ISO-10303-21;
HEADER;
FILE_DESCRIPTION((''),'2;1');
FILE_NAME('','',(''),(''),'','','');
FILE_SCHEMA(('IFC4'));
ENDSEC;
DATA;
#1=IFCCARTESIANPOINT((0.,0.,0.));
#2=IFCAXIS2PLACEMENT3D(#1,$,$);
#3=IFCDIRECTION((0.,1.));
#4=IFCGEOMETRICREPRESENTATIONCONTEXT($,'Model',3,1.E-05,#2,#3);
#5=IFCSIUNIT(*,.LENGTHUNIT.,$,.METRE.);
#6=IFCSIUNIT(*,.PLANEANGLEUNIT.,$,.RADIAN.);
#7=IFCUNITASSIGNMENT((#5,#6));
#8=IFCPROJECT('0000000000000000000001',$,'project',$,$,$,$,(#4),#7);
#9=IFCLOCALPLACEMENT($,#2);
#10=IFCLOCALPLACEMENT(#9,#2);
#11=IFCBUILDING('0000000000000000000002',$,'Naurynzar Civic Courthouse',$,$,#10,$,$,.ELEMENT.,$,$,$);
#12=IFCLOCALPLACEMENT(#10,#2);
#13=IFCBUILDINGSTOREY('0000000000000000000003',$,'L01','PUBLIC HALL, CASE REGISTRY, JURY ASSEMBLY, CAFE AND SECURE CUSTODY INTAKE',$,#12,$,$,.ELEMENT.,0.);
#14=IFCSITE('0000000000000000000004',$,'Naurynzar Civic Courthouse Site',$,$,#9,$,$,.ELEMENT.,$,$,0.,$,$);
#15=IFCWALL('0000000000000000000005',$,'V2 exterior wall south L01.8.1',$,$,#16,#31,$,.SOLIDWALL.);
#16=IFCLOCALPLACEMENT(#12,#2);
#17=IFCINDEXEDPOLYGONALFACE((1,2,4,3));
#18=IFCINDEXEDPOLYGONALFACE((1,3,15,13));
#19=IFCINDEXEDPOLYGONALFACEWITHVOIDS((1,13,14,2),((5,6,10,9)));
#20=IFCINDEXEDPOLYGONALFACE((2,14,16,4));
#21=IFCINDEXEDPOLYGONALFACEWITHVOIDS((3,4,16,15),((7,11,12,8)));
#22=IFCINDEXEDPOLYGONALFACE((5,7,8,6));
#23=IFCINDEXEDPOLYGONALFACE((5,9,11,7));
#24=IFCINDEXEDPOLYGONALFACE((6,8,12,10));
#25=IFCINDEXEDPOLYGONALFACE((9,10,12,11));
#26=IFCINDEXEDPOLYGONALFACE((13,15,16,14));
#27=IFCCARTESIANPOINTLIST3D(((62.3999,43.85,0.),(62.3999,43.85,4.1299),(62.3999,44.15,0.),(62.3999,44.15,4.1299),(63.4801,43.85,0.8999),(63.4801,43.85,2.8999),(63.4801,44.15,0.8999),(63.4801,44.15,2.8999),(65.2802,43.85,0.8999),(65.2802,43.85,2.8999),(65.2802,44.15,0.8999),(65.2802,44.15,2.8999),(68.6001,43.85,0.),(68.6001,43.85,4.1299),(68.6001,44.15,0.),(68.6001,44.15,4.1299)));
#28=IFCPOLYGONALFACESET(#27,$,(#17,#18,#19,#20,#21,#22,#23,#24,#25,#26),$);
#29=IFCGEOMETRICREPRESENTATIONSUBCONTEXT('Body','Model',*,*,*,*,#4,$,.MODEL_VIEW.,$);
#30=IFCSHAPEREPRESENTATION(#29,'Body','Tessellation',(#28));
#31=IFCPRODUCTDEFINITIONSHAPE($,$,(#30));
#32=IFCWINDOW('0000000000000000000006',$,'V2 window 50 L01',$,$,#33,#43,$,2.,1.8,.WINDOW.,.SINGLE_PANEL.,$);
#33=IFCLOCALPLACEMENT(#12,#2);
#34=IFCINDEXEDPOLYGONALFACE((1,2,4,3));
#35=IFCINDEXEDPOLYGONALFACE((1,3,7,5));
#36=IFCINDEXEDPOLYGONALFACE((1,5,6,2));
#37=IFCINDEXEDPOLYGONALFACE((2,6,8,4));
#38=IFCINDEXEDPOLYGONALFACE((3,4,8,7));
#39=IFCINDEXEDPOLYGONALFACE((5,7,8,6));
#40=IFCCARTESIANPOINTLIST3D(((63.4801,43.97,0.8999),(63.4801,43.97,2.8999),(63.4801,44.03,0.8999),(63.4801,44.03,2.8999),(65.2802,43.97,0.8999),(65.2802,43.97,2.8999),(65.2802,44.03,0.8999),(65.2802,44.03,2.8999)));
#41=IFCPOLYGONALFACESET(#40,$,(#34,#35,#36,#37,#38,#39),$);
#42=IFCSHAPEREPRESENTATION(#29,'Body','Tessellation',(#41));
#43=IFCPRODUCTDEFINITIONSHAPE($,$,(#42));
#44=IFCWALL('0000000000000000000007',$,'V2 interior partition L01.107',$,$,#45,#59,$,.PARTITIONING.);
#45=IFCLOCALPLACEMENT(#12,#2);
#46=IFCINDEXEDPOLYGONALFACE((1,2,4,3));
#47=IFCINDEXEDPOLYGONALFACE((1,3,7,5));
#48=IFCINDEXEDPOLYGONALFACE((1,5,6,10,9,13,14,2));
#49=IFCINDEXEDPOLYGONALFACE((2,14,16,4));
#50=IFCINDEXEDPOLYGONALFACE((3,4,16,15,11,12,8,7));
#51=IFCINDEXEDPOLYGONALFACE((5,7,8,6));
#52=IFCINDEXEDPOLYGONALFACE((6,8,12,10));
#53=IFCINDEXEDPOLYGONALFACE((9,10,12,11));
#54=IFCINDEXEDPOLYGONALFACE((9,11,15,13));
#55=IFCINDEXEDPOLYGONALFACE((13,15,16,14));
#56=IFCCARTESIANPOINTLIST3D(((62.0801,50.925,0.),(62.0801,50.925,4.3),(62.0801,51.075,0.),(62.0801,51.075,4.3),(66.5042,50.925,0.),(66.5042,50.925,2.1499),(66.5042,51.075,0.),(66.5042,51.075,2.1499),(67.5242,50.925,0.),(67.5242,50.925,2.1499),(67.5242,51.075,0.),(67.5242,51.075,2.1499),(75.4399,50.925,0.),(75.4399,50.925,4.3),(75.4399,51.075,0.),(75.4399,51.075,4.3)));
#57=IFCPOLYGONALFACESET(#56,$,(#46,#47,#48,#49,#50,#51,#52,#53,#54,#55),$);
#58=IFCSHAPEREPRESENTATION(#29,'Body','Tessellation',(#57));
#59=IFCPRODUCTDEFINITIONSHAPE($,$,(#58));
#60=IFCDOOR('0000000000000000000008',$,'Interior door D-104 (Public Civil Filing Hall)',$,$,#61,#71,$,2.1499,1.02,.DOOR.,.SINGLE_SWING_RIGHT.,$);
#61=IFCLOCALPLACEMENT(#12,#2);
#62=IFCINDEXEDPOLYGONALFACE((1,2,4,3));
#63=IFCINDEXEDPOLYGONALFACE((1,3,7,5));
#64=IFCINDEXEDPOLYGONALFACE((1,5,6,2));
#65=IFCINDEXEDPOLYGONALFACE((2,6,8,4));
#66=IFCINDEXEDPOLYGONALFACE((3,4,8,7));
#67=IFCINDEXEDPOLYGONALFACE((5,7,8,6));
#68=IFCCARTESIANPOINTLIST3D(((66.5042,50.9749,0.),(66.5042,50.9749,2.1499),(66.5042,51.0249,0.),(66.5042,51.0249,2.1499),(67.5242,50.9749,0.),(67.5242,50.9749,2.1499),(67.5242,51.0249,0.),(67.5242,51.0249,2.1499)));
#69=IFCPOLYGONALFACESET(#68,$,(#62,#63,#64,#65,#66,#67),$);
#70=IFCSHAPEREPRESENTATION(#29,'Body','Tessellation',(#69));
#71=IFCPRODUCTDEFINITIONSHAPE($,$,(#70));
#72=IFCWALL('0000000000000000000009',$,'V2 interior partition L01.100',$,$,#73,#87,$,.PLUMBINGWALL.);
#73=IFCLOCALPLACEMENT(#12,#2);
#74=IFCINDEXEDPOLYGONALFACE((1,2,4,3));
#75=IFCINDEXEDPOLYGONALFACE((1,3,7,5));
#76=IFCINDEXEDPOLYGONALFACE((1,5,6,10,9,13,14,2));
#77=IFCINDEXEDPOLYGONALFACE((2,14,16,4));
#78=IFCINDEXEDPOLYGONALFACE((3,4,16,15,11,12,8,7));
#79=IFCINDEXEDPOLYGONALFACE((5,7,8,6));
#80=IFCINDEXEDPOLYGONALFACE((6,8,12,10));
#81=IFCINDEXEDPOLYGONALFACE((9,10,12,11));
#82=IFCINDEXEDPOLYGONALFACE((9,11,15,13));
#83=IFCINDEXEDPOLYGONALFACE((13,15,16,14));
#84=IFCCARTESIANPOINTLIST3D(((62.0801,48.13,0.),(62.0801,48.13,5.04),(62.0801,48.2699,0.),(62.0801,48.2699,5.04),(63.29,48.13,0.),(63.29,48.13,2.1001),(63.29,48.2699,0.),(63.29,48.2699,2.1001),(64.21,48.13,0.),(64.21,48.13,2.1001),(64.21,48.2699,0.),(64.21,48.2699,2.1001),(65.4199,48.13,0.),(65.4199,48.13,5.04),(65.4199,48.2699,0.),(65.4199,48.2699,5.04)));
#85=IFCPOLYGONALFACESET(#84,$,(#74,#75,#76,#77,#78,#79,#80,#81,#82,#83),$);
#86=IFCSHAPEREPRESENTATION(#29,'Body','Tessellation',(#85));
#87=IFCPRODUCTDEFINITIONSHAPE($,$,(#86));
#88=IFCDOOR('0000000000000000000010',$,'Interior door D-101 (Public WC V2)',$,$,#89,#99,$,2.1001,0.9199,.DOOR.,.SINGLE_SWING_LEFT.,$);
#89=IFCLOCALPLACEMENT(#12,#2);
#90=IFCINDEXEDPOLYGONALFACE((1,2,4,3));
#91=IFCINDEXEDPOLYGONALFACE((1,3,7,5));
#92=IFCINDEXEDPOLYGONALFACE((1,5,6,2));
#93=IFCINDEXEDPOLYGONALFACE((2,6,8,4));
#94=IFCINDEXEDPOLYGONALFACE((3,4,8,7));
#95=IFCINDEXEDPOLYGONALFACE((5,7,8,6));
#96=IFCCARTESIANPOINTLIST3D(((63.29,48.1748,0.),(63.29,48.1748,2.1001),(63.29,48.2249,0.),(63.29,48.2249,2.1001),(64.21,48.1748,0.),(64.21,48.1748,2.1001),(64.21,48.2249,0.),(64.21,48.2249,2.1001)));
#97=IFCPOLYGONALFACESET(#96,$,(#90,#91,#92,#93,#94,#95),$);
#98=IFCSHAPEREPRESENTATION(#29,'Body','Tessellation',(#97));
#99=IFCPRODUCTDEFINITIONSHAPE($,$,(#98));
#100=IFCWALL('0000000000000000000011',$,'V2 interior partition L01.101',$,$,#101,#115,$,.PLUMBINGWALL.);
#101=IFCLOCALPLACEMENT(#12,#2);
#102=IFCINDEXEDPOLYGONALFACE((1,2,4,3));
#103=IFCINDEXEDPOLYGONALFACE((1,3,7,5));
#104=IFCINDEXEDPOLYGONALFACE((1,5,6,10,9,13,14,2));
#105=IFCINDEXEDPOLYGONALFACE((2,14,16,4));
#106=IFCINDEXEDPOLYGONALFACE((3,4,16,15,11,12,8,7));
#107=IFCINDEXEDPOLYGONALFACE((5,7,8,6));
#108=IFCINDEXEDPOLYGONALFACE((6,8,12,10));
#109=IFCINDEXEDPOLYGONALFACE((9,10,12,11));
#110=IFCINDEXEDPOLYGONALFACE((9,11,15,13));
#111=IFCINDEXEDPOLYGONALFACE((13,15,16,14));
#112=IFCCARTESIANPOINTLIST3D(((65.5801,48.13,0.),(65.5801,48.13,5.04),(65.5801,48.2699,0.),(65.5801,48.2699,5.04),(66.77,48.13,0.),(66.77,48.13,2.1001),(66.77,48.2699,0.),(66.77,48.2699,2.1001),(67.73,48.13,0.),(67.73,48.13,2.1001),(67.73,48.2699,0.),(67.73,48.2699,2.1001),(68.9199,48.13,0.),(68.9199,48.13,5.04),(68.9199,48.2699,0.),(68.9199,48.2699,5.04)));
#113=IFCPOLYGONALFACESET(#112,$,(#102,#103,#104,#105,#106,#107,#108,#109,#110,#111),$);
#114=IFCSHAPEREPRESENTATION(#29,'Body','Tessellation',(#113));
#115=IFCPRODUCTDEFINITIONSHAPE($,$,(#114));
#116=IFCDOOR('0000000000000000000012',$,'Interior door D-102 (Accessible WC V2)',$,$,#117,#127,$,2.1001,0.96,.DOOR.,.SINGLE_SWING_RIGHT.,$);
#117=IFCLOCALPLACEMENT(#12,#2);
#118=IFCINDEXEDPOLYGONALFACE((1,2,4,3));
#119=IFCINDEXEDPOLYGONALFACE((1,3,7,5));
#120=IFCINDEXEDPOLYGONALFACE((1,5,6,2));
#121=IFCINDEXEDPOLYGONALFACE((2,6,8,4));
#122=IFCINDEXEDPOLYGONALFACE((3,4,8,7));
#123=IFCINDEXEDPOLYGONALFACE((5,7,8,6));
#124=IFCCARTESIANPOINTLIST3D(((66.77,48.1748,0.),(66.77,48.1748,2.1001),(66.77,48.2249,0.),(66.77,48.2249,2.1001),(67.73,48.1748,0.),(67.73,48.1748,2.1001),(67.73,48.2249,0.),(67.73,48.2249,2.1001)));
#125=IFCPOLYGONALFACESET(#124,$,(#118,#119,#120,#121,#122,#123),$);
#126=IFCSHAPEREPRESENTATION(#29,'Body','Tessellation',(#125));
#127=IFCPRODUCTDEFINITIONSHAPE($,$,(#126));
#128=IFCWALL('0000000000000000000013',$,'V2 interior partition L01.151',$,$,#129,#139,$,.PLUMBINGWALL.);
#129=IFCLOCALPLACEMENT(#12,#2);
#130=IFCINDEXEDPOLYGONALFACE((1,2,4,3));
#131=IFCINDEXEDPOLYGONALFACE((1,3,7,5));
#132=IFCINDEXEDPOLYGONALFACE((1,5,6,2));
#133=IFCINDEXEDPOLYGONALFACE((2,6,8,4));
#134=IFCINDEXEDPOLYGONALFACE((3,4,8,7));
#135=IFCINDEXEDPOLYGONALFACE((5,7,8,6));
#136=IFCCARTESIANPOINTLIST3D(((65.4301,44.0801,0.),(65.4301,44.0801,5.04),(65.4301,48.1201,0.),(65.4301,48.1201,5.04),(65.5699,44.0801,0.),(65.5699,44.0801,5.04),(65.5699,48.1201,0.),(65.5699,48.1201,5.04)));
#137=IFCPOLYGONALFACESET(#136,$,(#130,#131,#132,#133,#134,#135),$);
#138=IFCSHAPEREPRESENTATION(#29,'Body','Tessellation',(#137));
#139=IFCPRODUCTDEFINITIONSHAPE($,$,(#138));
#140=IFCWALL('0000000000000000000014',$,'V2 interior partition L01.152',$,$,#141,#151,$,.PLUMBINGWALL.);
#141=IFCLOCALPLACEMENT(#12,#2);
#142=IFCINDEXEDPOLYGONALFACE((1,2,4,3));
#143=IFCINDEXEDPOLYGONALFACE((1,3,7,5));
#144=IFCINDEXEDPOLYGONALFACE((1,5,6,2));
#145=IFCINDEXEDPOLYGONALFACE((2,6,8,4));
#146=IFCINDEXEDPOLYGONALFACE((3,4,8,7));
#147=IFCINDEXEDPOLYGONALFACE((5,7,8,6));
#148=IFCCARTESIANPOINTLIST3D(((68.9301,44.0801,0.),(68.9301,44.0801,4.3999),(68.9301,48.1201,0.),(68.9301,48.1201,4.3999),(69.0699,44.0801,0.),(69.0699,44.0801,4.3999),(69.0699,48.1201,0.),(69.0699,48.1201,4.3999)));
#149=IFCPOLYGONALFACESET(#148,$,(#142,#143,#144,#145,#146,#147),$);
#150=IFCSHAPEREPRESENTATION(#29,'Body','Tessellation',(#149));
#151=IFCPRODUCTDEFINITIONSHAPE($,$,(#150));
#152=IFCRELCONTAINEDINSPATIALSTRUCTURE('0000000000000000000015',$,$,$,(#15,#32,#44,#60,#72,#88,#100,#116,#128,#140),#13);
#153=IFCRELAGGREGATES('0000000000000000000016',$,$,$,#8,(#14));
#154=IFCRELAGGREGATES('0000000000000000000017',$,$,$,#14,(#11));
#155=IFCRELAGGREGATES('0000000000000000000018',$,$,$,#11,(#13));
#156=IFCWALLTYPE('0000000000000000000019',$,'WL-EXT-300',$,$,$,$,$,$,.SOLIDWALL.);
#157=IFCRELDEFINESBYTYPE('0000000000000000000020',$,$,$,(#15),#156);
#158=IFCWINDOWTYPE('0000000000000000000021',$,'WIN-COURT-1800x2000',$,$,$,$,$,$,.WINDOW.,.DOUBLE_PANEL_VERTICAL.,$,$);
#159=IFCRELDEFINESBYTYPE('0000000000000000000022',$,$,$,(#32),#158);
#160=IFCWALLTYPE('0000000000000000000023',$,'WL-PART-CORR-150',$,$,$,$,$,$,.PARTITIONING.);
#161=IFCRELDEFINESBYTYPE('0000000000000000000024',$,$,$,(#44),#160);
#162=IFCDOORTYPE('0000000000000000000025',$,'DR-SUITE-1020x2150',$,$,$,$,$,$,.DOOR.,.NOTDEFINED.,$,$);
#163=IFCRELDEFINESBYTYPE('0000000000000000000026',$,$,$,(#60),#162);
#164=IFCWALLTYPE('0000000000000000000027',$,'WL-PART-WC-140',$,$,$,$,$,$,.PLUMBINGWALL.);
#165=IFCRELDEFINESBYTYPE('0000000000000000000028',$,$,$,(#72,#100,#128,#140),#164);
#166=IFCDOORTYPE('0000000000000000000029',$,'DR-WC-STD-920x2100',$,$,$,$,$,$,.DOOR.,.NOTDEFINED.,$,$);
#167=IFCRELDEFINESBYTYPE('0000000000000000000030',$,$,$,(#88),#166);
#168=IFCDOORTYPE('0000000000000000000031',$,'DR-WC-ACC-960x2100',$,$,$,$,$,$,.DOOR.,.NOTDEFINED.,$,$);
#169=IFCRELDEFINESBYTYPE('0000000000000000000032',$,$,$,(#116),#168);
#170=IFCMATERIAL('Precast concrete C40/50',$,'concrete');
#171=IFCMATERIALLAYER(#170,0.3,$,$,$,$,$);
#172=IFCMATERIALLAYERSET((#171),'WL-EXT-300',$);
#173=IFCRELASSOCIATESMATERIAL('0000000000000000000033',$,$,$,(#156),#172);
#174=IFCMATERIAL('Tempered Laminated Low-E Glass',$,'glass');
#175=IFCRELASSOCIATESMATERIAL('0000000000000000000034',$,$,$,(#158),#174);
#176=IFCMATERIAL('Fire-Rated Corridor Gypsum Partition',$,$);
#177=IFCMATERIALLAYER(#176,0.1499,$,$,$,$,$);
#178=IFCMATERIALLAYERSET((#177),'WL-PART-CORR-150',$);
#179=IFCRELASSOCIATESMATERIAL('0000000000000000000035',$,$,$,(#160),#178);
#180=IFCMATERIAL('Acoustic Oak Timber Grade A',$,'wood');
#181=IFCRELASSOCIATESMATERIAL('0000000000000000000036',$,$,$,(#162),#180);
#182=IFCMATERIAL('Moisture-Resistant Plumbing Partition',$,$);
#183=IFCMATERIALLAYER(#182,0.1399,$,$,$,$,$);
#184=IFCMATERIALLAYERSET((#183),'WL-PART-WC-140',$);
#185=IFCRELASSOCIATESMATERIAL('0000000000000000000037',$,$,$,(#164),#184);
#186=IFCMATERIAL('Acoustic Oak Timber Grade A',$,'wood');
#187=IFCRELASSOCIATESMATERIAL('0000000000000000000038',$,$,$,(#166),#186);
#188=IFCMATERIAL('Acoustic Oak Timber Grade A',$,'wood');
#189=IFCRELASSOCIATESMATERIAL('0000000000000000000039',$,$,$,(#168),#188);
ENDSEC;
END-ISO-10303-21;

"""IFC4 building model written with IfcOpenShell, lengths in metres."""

from ifc_helpers import new_model, si_unit, direction, frame, frame_2d, origin, place, context, subcontext, project, spatial, rectangle, extrude, material, layer, layer_set, type_object, element, fill, save


model = new_model("IFC4")

# Units and contexts
model_context = context("Model", 3, precision=1e-05, world=origin(), true_north=direction((0.0, 1.0)))
body_context = subcontext(model_context, "Body", "Model", "MODEL_VIEW")
ifc_project = project(units=[si_unit("LENGTHUNIT", "METRE"), si_unit("PLANEANGLEUNIT", "RADIAN")], contexts=[model_context])

# Site, building, storey
site_placement = place(None, origin())
site = spatial("IfcSite", under=ifc_project, at=site_placement, Name="Naurynzar Civic Courthouse Site", CompositionType="ELEMENT", RefElevation=0.0)
building_placement = place(site_placement, origin())
building = spatial("IfcBuilding", under=site, at=building_placement, Name="Naurynzar Civic Courthouse", CompositionType="ELEMENT")
storey_placement = place(building_placement, origin())
storey = spatial("IfcBuildingStorey", under=building, at=storey_placement, Name="L01", Description="PUBLIC HALL, CASE REGISTRY, JURY ASSEMBLY, CAFE AND SECURE CUSTODY INTAKE", CompositionType="ELEMENT", Elevation=0.0)

# Shared definitions
ifc_material_1 = material(Name="Precast concrete C40/50", Category="concrete")
ifc_layer_1 = layer(ifc_material_1, 0.3)
ifc_layer_set_1 = layer_set([ifc_layer_1], Name="WL-EXT-300")
wall_type_1 = type_object("IfcWallType", Name="WL-EXT-300", PredefinedType="SOLIDWALL", material=ifc_layer_set_1)

# Wall, opening, window
ifc_material_2 = material(Name="Tempered Laminated Low-E Glass", Category="glass")
window_type = type_object("IfcWindowType", Name="WIN-COURT-1800x2000", PartitioningType="DOUBLE_PANEL_VERTICAL", PredefinedType="WINDOW", material=ifc_material_2)
wall_1_placement = place(storey_placement, frame((68.6001, 44.0, 0.0), z_axis=(0.0, 0.0, 1.0), x_axis=(-1.0, 0.0, 0.0)))
wall_1 = element("IfcWall", 1, at=wall_1_placement, inside=storey, type_object=wall_type_1, Name="V2 exterior wall south L01.8.1", PredefinedType="SOLIDWALL", context=body_context, shape_type="SweptSolid", body=[
    extrude(rectangle(XDim=6.2002, YDim=0.3, at=frame_2d((3.1001, 0.0))), origin(), (0.0, 0.0, 1.0), 4.1299),
])
opening_1_placement = place(wall_1_placement, frame((3.3201, 0.0, 0.8999)))
opening_1 = element("IfcOpeningElement", 2, at=opening_1_placement, cuts=wall_1, PredefinedType="OPENING", context=body_context, shape_type="SweptSolid", body=[
    extrude(rectangle(XDim=1.8, YDim=2.0, at=frame_2d((0.8999, 1.0))), frame((0.0, 0.1599, 0.0), z_axis=(0.0, -1.0, 0.0), x_axis=(1.0, 0.0, 0.0)), (0.0, 0.0, 1.0), 0.3201),
])
window_1_placement = place(opening_1_placement, origin())
window_1 = element("IfcWindow", 3, at=window_1_placement, inside=storey, type_object=window_type, Name="V2 window 50 L01", OverallHeight=2.0, OverallWidth=1.8, PartitioningType="SINGLE_PANEL", PredefinedType="WINDOW", context=body_context, shape_type="SweptSolid", body=[
    extrude(rectangle(XDim=1.8, YDim=2.0, at=frame_2d((0.8999, 1.0))), frame((0.0, 0.03, 0.0), z_axis=(0.0, -1.0, 0.0), x_axis=(1.0, 0.0, 0.0)), (0.0, 0.0, 1.0), 0.0601),
])
fill(opening_1, window_1)

# Walls, openings, doors
ifc_material_3 = material(Name="Fire-Rated Corridor Gypsum Partition")
ifc_layer_2 = layer(ifc_material_3, 0.1499)
ifc_layer_set_2 = layer_set([ifc_layer_2], Name="WL-PART-CORR-150")
wall_type_2 = type_object("IfcWallType", Name="WL-PART-CORR-150", PredefinedType="PARTITIONING", material=ifc_layer_set_2)
wall_2_placement = place(storey_placement, frame((62.0801, 51.0, 0.0), z_axis=(0.0, 0.0, 1.0), x_axis=(1.0, 0.0, 0.0)))
wall_2 = element("IfcWall", 4, at=wall_2_placement, inside=storey, type_object=wall_type_2, Name="V2 interior partition L01.107", PredefinedType="PARTITIONING", context=body_context, shape_type="SweptSolid", body=[
    extrude(rectangle(XDim=13.3599, YDim=0.1499, at=frame_2d((6.6799, 0.0))), origin(), (0.0, 0.0, 1.0), 4.3),
])
opening_2_placement = place(wall_2_placement, frame((4.4241, 0.0, 0.0)))
opening_2 = element("IfcOpeningElement", 5, at=opening_2_placement, cuts=wall_2, PredefinedType="OPENING", context=body_context, shape_type="SweptSolid", body=[
    extrude(rectangle(XDim=1.02, YDim=2.1499, at=frame_2d((0.51, 1.075))), frame((0.0, 0.085, 0.0), z_axis=(0.0, -1.0, 0.0), x_axis=(1.0, 0.0, 0.0)), (0.0, 0.0, 1.0), 0.1699),
])
ifc_material_4 = material(Name="Acoustic Oak Timber Grade A", Category="wood")
door_type_1 = type_object("IfcDoorType", Name="DR-SUITE-1020x2150", OperationType="NOTDEFINED", PredefinedType="DOOR", material=ifc_material_4)
door_1_placement = place(opening_2_placement, origin())
door_1 = element("IfcDoor", 6, at=door_1_placement, inside=storey, type_object=door_type_1, Name="Interior door D-104 (Public Civil Filing Hall)", OperationType="SINGLE_SWING_RIGHT", OverallHeight=2.1499, OverallWidth=1.02, PredefinedType="DOOR", context=body_context, shape_type="SweptSolid", body=[
    extrude(rectangle(XDim=1.02, YDim=2.1499, at=frame_2d((0.51, 1.075))), frame((0.0, 0.0249, 0.0), z_axis=(0.0, -1.0, 0.0), x_axis=(1.0, 0.0, 0.0)), (0.0, 0.0, 1.0), 0.05),
])
fill(opening_2, door_1)
ifc_material_5 = material(Name="Moisture-Resistant Plumbing Partition")
ifc_layer_3 = layer(ifc_material_5, 0.1399)
ifc_layer_set_3 = layer_set([ifc_layer_3], Name="WL-PART-WC-140")
wall_type_3 = type_object("IfcWallType", Name="WL-PART-WC-140", PredefinedType="PLUMBINGWALL", material=ifc_layer_set_3)
wall_3_placement = place(storey_placement, frame((62.0801, 48.2, 0.0), z_axis=(0.0, 0.0, 1.0), x_axis=(1.0, 0.0, 0.0)))
wall_3 = element("IfcWall", 7, at=wall_3_placement, inside=storey, type_object=wall_type_3, Name="V2 interior partition L01.100", PredefinedType="PLUMBINGWALL", context=body_context, shape_type="SweptSolid", body=[
    extrude(rectangle(XDim=3.3398, YDim=0.1399, at=frame_2d((1.6699, 0.0))), origin(), (0.0, 0.0, 1.0), 5.04),
])
opening_3_placement = place(wall_3_placement, frame((1.21, 0.0, 0.0)))
opening_3 = element("IfcOpeningElement", 8, at=opening_3_placement, cuts=wall_3, PredefinedType="OPENING", context=body_context, shape_type="SweptSolid", body=[
    extrude(rectangle(XDim=0.9199, YDim=2.1001, at=frame_2d((0.46, 1.05))), frame((0.0, 0.0798, 0.0), z_axis=(0.0, -1.0, 0.0), x_axis=(1.0, 0.0, 0.0)), (0.0, 0.0, 1.0), 0.1599),
])
ifc_material_6 = material(Name="Acoustic Oak Timber Grade A", Category="wood")
door_type_2 = type_object("IfcDoorType", Name="DR-WC-STD-920x2100", OperationType="NOTDEFINED", PredefinedType="DOOR", material=ifc_material_6)
door_2_placement = place(opening_3_placement, origin())
door_2 = element("IfcDoor", 9, at=door_2_placement, inside=storey, type_object=door_type_2, Name="Interior door D-101 (Public WC V2)", OperationType="SINGLE_SWING_LEFT", OverallHeight=2.1001, OverallWidth=0.9199, PredefinedType="DOOR", context=body_context, shape_type="SweptSolid", body=[
    extrude(rectangle(XDim=0.9199, YDim=2.1001, at=frame_2d((0.46, 1.05))), frame((0.0, 0.0249, 0.0), z_axis=(0.0, -1.0, 0.0), x_axis=(1.0, 0.0, 0.0)), (0.0, 0.0, 1.0), 0.05),
])
fill(opening_3, door_2)
wall_4_placement = place(storey_placement, frame((65.5801, 48.2, 0.0), z_axis=(0.0, 0.0, 1.0), x_axis=(1.0, 0.0, 0.0)))
wall_4 = element("IfcWall", 10, at=wall_4_placement, inside=storey, type_object=wall_type_3, Name="V2 interior partition L01.101", PredefinedType="PLUMBINGWALL", context=body_context, shape_type="SweptSolid", body=[
    extrude(rectangle(XDim=3.3398, YDim=0.1399, at=frame_2d((1.6699, 0.0))), origin(), (0.0, 0.0, 1.0), 5.04),
])
opening_4_placement = place(wall_4_placement, frame((1.1899, 0.0, 0.0)))
opening_4 = element("IfcOpeningElement", 11, at=opening_4_placement, cuts=wall_4, PredefinedType="OPENING", context=body_context, shape_type="SweptSolid", body=[
    extrude(rectangle(XDim=0.96, YDim=2.1001, at=frame_2d((0.48, 1.05))), frame((0.0, 0.0798, 0.0), z_axis=(0.0, -1.0, 0.0), x_axis=(1.0, 0.0, 0.0)), (0.0, 0.0, 1.0), 0.1599),
])
ifc_material_7 = material(Name="Acoustic Oak Timber Grade A", Category="wood")
door_type_3 = type_object("IfcDoorType", Name="DR-WC-ACC-960x2100", OperationType="NOTDEFINED", PredefinedType="DOOR", material=ifc_material_7)
door_3_placement = place(opening_4_placement, origin())
door_3 = element("IfcDoor", 12, at=door_3_placement, inside=storey, type_object=door_type_3, Name="Interior door D-102 (Accessible WC V2)", OperationType="SINGLE_SWING_RIGHT", OverallHeight=2.1001, OverallWidth=0.96, PredefinedType="DOOR", context=body_context, shape_type="SweptSolid", body=[
    extrude(rectangle(XDim=0.96, YDim=2.1001, at=frame_2d((0.48, 1.05))), frame((0.0, 0.0249, 0.0), z_axis=(0.0, -1.0, 0.0), x_axis=(1.0, 0.0, 0.0)), (0.0, 0.0, 1.0), 0.05),
])
fill(opening_4, door_3)

# Walls
wall_5_placement = place(storey_placement, frame((65.5, 44.0801, 0.0), z_axis=(0.0, 0.0, 1.0), x_axis=(0.0, 1.0, 0.0)))
element("IfcWall", 13, at=wall_5_placement, inside=storey, type_object=wall_type_3, Name="V2 interior partition L01.151", PredefinedType="PLUMBINGWALL", context=body_context, shape_type="SweptSolid", body=[
    extrude(rectangle(XDim=4.04, YDim=0.1399, at=frame_2d((2.02, 0.0))), origin(), (0.0, 0.0, 1.0), 5.04),
])
wall_6_placement = place(storey_placement, frame((69.0, 44.0801, 0.0), z_axis=(0.0, 0.0, 1.0), x_axis=(0.0, 1.0, 0.0)))
element("IfcWall", 14, at=wall_6_placement, inside=storey, type_object=wall_type_3, Name="V2 interior partition L01.152", PredefinedType="PLUMBINGWALL", context=body_context, shape_type="SweptSolid", body=[
    extrude(rectangle(XDim=4.04, YDim=0.1399, at=frame_2d((2.02, 0.0))), origin(), (0.0, 0.0, 1.0), 4.3999),
])

save(model, "model.ifc")
